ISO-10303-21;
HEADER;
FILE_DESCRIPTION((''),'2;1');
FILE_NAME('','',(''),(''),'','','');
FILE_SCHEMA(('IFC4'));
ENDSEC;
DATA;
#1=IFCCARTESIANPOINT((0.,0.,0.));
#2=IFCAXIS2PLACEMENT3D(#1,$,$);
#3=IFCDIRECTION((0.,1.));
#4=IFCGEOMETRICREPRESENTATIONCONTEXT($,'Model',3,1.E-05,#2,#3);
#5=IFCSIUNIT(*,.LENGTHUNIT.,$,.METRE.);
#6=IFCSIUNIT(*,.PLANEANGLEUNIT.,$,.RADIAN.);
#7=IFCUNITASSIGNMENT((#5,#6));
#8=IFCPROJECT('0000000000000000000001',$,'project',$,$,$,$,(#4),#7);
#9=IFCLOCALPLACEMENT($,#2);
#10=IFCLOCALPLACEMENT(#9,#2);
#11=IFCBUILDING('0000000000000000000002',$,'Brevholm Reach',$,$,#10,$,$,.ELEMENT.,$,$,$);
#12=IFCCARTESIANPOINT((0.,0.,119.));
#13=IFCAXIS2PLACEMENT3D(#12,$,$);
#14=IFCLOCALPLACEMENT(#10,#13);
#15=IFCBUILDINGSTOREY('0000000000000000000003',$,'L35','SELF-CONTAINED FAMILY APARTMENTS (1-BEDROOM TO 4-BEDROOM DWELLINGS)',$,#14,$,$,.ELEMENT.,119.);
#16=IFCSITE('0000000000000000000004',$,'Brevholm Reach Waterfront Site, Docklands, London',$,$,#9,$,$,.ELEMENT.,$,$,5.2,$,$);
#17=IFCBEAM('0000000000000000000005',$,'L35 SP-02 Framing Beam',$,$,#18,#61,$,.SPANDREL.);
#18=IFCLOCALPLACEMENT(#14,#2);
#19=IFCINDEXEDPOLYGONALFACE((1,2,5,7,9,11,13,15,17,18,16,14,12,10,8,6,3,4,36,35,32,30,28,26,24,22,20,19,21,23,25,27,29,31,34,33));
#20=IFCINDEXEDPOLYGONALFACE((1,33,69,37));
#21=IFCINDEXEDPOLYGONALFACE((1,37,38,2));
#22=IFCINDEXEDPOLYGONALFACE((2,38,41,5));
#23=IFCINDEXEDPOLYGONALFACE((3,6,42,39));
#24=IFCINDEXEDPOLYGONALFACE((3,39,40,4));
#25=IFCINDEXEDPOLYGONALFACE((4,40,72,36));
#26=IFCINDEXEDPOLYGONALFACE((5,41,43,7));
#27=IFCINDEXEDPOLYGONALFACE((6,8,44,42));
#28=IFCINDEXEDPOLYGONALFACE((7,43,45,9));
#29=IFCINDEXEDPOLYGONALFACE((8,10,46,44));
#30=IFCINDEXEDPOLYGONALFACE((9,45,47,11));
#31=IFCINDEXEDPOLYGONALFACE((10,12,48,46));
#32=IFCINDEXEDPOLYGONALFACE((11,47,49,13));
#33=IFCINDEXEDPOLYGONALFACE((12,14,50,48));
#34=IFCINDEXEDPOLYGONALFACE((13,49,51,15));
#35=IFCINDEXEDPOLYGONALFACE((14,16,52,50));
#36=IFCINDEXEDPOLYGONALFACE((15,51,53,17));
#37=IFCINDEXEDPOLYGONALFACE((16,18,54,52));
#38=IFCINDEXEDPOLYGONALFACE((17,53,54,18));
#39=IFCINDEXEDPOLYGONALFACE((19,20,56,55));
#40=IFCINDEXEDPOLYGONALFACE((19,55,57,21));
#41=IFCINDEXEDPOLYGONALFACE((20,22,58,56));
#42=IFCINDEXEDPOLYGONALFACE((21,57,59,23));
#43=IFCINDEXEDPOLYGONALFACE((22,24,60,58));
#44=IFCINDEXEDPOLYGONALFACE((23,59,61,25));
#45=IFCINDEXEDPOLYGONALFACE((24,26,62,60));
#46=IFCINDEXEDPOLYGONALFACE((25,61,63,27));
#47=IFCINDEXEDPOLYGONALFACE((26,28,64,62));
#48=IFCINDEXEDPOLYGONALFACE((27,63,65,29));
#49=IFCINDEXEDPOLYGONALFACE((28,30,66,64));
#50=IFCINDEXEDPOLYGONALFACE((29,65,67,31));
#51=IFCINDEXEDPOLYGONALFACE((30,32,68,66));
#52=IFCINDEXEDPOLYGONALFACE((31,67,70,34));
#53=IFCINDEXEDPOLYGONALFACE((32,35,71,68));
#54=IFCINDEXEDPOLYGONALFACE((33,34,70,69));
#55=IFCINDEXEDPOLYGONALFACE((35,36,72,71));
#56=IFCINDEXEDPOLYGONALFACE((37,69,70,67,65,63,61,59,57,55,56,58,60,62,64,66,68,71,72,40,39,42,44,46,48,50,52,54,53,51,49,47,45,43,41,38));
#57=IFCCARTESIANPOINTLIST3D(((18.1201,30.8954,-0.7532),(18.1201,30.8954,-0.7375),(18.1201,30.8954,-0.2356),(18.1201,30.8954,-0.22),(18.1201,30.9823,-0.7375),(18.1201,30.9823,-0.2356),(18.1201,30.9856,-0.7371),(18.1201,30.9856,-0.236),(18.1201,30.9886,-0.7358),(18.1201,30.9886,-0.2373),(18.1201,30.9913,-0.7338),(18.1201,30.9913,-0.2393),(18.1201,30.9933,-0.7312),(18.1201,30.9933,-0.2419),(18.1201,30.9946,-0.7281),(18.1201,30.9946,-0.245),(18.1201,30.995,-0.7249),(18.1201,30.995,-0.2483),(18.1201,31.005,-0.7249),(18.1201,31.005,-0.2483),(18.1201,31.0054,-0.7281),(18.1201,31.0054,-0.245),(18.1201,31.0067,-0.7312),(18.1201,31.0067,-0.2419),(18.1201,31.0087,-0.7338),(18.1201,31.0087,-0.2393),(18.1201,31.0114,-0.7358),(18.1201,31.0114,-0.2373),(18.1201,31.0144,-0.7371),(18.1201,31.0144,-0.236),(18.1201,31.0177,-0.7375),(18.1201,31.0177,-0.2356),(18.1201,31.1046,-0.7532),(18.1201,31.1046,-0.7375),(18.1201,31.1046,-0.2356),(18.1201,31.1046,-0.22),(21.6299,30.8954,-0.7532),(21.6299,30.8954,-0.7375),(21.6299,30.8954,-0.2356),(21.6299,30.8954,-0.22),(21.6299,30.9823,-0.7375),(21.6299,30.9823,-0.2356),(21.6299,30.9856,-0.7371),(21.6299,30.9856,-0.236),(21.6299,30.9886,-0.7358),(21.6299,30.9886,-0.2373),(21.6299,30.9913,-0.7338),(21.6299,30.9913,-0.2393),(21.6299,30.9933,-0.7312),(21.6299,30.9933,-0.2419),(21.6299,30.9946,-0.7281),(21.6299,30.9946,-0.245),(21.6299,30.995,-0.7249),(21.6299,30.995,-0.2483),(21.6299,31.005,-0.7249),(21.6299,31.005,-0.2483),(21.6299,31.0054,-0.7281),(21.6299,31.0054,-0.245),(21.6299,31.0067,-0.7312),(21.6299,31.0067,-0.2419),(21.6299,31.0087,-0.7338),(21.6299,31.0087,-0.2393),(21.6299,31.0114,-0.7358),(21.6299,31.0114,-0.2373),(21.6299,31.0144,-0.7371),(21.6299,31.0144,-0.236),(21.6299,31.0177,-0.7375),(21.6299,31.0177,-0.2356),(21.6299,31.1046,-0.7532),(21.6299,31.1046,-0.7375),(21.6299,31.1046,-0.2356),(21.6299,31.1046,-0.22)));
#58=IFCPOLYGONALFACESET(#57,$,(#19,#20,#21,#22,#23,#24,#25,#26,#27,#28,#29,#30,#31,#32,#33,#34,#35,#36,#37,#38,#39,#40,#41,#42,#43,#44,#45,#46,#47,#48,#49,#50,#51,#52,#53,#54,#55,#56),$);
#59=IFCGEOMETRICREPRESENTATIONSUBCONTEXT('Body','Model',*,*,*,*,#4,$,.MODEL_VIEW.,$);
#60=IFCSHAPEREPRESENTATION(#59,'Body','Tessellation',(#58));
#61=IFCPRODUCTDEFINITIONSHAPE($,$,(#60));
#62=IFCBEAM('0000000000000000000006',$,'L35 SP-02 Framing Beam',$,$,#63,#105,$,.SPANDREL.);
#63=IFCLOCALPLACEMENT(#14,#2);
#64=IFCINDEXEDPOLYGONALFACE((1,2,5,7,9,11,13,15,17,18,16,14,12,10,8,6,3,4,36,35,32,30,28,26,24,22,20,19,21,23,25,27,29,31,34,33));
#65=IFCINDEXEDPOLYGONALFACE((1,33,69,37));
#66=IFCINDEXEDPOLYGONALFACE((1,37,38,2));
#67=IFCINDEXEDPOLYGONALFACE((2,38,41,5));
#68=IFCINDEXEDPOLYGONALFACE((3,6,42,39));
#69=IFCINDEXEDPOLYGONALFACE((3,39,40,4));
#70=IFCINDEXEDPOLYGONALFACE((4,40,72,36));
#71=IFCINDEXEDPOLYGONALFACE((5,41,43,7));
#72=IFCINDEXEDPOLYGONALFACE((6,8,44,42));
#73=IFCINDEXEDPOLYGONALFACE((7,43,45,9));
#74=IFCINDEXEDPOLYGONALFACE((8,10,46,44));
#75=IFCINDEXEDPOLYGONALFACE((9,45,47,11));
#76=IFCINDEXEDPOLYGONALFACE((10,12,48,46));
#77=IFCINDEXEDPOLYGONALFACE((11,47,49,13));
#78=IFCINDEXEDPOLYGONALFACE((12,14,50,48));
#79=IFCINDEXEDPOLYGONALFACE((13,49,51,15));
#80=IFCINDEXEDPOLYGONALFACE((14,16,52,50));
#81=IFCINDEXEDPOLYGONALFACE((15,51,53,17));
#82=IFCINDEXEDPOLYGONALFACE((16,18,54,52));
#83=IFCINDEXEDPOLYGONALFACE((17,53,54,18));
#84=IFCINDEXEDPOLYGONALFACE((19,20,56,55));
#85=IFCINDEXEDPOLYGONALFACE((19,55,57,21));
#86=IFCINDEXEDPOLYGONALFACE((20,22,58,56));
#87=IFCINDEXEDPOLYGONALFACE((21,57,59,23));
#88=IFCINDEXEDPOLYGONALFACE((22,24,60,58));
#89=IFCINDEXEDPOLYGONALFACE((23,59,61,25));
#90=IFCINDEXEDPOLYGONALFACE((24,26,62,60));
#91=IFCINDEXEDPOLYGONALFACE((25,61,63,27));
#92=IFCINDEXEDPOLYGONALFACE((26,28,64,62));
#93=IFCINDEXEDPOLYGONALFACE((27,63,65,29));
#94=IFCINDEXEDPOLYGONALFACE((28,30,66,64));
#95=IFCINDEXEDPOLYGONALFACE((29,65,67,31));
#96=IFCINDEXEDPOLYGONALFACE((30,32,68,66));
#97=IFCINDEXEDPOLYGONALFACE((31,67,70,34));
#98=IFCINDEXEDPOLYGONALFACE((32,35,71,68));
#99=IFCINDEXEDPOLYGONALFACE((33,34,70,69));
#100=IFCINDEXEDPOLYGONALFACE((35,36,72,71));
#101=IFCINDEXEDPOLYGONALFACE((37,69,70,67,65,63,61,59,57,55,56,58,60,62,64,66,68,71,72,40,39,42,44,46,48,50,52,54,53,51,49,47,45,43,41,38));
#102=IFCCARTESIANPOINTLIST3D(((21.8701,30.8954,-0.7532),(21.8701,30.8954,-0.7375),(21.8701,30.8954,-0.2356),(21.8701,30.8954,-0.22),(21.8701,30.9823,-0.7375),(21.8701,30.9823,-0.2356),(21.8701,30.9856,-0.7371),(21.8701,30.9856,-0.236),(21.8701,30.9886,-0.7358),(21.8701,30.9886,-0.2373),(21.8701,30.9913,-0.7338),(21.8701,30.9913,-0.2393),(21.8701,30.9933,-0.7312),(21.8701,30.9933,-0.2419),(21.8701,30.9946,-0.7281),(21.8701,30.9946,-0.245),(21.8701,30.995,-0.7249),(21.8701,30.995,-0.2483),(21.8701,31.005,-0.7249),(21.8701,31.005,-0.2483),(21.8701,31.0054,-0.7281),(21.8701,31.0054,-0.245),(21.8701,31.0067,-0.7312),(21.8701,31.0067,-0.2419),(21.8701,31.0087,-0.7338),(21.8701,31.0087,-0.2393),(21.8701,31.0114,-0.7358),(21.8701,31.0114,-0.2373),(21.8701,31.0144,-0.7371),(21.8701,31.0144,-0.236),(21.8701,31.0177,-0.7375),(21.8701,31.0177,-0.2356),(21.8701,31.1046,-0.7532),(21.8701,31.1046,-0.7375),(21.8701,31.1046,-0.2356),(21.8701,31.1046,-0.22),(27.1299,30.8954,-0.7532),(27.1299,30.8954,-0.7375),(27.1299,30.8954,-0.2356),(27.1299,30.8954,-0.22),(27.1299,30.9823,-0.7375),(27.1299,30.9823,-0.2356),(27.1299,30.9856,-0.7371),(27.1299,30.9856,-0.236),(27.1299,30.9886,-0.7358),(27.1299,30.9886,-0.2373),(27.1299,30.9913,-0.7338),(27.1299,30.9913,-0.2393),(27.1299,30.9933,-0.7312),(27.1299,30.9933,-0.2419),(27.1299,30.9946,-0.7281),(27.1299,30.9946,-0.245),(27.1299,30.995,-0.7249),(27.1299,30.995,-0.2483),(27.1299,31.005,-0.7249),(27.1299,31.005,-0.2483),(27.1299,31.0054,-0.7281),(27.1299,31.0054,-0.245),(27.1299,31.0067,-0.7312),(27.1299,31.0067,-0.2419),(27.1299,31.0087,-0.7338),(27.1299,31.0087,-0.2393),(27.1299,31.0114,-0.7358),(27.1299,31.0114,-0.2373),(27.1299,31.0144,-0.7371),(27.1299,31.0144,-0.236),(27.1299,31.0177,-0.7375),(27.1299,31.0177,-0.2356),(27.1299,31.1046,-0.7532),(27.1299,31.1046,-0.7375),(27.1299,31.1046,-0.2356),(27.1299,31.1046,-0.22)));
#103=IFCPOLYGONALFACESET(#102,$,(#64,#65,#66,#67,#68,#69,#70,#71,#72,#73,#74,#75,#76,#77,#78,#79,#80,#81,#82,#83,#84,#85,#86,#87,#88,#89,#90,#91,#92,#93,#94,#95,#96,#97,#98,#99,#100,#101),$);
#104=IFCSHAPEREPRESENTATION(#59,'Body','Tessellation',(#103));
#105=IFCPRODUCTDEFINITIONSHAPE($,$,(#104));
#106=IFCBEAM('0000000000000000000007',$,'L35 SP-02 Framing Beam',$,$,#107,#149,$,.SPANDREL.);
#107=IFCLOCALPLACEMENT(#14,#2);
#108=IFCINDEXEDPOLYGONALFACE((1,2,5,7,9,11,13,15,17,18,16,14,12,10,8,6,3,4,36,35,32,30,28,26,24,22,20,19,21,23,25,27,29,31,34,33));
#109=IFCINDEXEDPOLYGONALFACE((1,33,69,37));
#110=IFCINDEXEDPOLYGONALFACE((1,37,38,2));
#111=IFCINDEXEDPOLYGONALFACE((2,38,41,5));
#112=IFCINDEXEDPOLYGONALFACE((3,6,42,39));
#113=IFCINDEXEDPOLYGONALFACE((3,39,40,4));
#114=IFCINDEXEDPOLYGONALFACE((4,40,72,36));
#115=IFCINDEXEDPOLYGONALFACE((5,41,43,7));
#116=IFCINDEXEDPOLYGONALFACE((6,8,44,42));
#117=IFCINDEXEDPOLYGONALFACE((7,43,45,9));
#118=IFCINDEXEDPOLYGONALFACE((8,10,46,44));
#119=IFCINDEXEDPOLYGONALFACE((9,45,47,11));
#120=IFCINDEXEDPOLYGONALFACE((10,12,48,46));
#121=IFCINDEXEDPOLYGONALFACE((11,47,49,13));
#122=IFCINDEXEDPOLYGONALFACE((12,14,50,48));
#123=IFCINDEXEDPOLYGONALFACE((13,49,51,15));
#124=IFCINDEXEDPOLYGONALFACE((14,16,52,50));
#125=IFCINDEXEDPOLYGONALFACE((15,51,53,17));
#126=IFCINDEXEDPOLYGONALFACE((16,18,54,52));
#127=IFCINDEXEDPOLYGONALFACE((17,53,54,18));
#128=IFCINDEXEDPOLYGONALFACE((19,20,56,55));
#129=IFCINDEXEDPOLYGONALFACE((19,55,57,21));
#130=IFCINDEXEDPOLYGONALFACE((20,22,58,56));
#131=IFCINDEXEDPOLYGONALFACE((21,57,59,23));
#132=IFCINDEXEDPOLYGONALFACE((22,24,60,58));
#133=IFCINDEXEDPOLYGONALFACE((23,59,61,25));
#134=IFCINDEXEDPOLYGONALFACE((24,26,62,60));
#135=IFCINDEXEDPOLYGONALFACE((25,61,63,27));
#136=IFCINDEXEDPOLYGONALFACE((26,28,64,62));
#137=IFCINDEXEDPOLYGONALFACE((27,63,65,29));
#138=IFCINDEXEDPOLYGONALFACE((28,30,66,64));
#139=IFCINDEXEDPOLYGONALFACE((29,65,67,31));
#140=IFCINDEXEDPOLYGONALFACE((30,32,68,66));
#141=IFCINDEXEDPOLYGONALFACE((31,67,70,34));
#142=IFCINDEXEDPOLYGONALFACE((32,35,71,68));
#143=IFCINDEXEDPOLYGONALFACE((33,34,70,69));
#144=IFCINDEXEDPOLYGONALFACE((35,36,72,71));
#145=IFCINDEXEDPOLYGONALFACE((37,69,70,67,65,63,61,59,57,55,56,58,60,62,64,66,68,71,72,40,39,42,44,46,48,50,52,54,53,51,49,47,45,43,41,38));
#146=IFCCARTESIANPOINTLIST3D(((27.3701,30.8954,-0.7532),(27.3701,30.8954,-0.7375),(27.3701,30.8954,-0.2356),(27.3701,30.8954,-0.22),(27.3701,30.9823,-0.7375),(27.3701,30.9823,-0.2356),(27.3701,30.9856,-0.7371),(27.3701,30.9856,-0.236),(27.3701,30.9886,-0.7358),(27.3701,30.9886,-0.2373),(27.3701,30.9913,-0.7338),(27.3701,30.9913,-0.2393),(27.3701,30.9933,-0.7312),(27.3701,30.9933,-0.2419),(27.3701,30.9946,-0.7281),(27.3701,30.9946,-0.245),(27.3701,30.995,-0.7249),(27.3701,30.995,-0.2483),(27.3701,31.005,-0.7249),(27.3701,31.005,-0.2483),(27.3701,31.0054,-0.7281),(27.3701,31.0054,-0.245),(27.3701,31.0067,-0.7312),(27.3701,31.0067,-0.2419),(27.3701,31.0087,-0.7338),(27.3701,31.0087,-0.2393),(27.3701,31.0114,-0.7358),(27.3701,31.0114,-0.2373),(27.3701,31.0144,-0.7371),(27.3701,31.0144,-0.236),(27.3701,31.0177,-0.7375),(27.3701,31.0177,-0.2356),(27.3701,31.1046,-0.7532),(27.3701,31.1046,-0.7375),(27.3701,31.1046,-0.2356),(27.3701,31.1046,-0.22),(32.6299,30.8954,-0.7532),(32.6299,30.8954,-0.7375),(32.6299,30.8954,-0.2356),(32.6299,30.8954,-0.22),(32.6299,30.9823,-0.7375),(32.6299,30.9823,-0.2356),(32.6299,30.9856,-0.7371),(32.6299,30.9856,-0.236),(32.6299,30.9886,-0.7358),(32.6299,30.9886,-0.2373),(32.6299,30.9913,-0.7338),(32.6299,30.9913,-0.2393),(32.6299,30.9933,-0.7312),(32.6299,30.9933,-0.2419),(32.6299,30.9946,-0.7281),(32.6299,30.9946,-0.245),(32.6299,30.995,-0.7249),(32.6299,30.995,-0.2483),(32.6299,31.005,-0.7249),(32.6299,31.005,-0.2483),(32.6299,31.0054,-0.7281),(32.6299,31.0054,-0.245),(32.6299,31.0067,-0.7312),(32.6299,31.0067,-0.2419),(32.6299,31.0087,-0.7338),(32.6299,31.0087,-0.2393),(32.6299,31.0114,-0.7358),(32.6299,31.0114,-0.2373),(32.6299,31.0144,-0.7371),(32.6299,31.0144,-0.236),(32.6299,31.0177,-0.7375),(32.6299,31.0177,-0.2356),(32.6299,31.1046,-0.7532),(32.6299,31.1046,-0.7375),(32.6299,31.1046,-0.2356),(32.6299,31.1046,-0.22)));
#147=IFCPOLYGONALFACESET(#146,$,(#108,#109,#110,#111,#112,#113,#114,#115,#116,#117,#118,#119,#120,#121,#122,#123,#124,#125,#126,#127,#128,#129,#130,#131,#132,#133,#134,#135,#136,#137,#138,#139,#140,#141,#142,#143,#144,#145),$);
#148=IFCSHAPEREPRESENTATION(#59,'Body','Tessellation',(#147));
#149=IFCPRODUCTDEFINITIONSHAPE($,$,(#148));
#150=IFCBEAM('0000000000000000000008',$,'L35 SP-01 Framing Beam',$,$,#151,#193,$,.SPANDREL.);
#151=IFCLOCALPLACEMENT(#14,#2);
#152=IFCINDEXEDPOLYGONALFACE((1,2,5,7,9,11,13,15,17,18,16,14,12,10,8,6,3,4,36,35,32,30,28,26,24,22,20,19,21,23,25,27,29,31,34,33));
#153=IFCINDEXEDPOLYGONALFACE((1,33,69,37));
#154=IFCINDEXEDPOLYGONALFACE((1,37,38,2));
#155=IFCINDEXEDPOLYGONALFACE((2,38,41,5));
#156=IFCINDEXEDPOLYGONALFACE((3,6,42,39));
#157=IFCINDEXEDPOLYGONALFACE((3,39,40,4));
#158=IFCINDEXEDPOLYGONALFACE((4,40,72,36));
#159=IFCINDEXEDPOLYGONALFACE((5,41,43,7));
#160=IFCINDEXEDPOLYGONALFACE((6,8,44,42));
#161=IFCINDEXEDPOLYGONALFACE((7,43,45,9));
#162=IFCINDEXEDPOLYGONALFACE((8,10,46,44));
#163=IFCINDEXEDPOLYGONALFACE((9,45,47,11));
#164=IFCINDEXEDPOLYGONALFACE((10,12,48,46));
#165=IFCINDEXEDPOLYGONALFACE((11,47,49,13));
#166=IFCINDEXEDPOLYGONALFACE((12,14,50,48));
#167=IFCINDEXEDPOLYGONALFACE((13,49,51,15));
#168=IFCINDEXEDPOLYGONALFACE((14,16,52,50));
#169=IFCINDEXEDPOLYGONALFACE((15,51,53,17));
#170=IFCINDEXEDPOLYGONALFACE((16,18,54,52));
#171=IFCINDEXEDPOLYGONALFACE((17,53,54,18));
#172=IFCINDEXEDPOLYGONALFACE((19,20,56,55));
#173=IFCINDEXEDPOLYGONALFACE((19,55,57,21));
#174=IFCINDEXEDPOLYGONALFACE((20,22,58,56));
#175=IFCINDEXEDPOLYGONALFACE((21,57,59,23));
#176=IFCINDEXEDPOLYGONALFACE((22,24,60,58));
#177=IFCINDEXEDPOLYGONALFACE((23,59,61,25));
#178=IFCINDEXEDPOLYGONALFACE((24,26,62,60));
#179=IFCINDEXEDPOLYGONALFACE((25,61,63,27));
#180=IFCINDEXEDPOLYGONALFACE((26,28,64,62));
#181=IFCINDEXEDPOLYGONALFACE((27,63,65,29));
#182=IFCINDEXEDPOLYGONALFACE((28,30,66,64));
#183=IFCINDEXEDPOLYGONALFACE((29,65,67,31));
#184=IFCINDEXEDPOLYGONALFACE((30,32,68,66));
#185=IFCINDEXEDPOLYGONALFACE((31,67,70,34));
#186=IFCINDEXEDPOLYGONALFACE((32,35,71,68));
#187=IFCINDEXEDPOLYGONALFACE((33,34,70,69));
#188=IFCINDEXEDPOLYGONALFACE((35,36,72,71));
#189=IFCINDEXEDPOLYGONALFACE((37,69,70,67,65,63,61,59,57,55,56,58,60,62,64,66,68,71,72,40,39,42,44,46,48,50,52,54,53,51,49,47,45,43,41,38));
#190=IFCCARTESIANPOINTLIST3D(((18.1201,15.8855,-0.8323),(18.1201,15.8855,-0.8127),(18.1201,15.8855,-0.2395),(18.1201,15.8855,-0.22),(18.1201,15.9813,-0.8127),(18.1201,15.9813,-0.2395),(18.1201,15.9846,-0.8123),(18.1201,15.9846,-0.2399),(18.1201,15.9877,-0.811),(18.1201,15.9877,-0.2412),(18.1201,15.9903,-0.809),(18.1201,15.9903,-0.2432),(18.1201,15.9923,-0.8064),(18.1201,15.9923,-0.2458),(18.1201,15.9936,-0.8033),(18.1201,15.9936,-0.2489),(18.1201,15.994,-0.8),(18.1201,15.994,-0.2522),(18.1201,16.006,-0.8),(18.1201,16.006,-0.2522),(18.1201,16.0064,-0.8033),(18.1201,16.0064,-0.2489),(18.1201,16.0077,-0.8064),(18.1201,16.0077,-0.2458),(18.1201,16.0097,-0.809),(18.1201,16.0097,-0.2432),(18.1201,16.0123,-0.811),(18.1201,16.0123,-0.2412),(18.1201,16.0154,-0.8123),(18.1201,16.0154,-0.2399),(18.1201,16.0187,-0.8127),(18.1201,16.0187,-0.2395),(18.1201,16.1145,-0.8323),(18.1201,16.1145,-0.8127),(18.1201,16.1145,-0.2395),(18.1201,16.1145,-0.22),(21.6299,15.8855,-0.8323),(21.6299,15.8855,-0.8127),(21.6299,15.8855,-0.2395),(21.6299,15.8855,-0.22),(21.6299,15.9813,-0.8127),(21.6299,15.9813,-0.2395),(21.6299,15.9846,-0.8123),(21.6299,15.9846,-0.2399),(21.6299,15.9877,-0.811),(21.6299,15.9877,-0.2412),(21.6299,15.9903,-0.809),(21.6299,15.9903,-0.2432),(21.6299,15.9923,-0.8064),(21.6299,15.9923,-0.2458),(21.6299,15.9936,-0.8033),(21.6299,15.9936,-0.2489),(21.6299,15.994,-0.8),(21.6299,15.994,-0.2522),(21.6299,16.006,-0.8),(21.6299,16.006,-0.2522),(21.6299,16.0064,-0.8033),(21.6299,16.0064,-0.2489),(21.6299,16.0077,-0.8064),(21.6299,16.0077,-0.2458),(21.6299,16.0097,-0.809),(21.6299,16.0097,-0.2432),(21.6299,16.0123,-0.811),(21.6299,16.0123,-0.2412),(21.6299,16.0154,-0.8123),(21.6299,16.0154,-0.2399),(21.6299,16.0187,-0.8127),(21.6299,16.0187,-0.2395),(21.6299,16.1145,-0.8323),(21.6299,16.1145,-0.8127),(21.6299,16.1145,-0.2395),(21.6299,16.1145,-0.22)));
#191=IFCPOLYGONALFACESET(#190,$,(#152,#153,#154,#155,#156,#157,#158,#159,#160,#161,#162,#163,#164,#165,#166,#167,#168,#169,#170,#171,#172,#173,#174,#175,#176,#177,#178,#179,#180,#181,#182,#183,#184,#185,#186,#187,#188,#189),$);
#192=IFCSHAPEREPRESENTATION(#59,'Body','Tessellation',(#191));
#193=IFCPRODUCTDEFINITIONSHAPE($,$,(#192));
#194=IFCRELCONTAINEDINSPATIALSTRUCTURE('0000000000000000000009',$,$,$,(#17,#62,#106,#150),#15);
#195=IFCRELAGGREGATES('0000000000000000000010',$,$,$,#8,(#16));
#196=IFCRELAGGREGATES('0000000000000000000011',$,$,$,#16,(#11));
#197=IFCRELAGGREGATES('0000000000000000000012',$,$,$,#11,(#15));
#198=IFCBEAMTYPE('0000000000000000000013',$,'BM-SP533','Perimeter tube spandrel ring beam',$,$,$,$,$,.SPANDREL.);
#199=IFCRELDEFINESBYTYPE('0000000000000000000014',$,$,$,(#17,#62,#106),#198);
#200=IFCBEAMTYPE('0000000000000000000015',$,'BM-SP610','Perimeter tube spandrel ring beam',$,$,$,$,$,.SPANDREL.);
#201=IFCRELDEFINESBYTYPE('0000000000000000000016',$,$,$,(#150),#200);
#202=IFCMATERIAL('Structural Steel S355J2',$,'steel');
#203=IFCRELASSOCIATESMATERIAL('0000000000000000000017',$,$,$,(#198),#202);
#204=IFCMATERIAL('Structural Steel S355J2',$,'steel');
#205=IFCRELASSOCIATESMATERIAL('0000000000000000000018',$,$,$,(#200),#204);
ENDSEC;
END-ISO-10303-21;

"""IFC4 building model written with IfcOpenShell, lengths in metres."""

from ifc_helpers import new_model, si_unit, direction, frame, origin, origin_2d, place, context, subcontext, project, spatial, i_section, extrude, material, material_profile, profile_set, type_object, element, save


model = new_model("IFC4")

# Units and contexts
model_context = context("Model", 3, precision=1e-05, world=origin(), true_north=direction((0.0, 1.0)))
body_context = subcontext(model_context, "Body", "Model", "MODEL_VIEW")
ifc_project = project(units=[si_unit("LENGTHUNIT", "METRE"), si_unit("PLANEANGLEUNIT", "RADIAN")], contexts=[model_context])

# Site, building, storey
site_placement = place(None, origin())
site = spatial("IfcSite", under=ifc_project, at=site_placement, Name="Brevholm Reach Waterfront Site, Docklands, London", CompositionType="ELEMENT", RefElevation=5.2)
building_placement = place(site_placement, origin())
building = spatial("IfcBuilding", under=site, at=building_placement, Name="Brevholm Reach", CompositionType="ELEMENT")
storey_placement = place(building_placement, frame((0.0, 0.0, 119.0)))
storey = spatial("IfcBuildingStorey", under=building, at=storey_placement, Name="L35", Description="SELF-CONTAINED FAMILY APARTMENTS (1-BEDROOM TO 4-BEDROOM DWELLINGS)", CompositionType="ELEMENT", Elevation=119.0)

# Beams
ifc_material_1 = material(Name="Structural Steel S355J2", Category="steel")
ifc_material_profile_1 = material_profile(ifc_material_1, i_section(OverallWidth=0.2092, OverallDepth=0.5332, WebThickness=0.01, FlangeThickness=0.0156, FilletRadius=0.0127, at=origin_2d()), Name="UKB 533x210x92")
ifc_profile_set_1 = profile_set([ifc_material_profile_1], Name="Structural Steel S355J2")
beam_type_1 = type_object("IfcBeamType", Name="BM-SP533", Description="Perimeter tube spandrel ring beam", PredefinedType="SPANDREL", material=ifc_profile_set_1)
beam_1_placement = place(storey_placement, frame((18.1201, 31.0, -0.4866), z_axis=(1.0, 0.0, 0.0), x_axis=(0.0, 1.0, 0.0)))
element("IfcBeam", 1, at=beam_1_placement, inside=storey, type_object=beam_type_1, Name="L35 SP-02 Framing Beam", PredefinedType="SPANDREL", context=body_context, shape_type="SweptSolid", body=[
    extrude(i_section(OverallWidth=0.2092, OverallDepth=0.5332, WebThickness=0.01, FlangeThickness=0.0156, FilletRadius=0.0127, at=origin_2d()), origin(), (0.0, 0.0, 1.0), 3.5098),
])
for number, where, z_axis, x_axis, name in (
    (2, (21.8701, 31.0, -0.4866), (1.0, 0.0, 0.0), (0.0, 1.0, 0.0), "L35 SP-02 Framing Beam"),
    (3, (27.3701, 31.0, -0.4866), (1.0, 0.0, 0.0), (0.0, 1.0, 0.0), "L35 SP-02 Framing Beam"),
):
    element("IfcBeam", number, at=place(storey_placement, frame(where, z_axis=z_axis, x_axis=x_axis)), inside=storey, type_object=beam_type_1, Name=name, PredefinedType="SPANDREL", context=body_context, shape_type="SweptSolid", body=[
        extrude(i_section(OverallWidth=0.2092, OverallDepth=0.5332, WebThickness=0.01, FlangeThickness=0.0156, FilletRadius=0.0127, at=origin_2d()), origin(), (0.0, 0.0, 1.0), 5.2598),
    ])
ifc_material_2 = material(Name="Structural Steel S355J2", Category="steel")
ifc_material_profile_2 = material_profile(ifc_material_2, i_section(OverallWidth=0.229, OverallDepth=0.6123, WebThickness=0.012, FlangeThickness=0.0195, FilletRadius=0.0127, at=origin_2d()), Name="UKB 610x229x125")
ifc_profile_set_2 = profile_set([ifc_material_profile_2], Name="Structural Steel S355J2")
beam_type_2 = type_object("IfcBeamType", Name="BM-SP610", Description="Perimeter tube spandrel ring beam", PredefinedType="SPANDREL", material=ifc_profile_set_2)
for number, where, z_axis, x_axis, name in (
    (4, (18.1201, 16.0, -0.5261), (1.0, 0.0, 0.0), (0.0, 1.0, 0.0), "L35 SP-01 Framing Beam"),
):
    element("IfcBeam", number, at=place(storey_placement, frame(where, z_axis=z_axis, x_axis=x_axis)), inside=storey, type_object=beam_type_2, Name=name, PredefinedType="SPANDREL", context=body_context, shape_type="SweptSolid", body=[
        extrude(i_section(OverallWidth=0.229, OverallDepth=0.6123, WebThickness=0.012, FlangeThickness=0.0195, FilletRadius=0.0127, at=origin_2d()), origin(), (0.0, 0.0, 1.0), 3.5098),
    ])

save(model, "model.ifc")
